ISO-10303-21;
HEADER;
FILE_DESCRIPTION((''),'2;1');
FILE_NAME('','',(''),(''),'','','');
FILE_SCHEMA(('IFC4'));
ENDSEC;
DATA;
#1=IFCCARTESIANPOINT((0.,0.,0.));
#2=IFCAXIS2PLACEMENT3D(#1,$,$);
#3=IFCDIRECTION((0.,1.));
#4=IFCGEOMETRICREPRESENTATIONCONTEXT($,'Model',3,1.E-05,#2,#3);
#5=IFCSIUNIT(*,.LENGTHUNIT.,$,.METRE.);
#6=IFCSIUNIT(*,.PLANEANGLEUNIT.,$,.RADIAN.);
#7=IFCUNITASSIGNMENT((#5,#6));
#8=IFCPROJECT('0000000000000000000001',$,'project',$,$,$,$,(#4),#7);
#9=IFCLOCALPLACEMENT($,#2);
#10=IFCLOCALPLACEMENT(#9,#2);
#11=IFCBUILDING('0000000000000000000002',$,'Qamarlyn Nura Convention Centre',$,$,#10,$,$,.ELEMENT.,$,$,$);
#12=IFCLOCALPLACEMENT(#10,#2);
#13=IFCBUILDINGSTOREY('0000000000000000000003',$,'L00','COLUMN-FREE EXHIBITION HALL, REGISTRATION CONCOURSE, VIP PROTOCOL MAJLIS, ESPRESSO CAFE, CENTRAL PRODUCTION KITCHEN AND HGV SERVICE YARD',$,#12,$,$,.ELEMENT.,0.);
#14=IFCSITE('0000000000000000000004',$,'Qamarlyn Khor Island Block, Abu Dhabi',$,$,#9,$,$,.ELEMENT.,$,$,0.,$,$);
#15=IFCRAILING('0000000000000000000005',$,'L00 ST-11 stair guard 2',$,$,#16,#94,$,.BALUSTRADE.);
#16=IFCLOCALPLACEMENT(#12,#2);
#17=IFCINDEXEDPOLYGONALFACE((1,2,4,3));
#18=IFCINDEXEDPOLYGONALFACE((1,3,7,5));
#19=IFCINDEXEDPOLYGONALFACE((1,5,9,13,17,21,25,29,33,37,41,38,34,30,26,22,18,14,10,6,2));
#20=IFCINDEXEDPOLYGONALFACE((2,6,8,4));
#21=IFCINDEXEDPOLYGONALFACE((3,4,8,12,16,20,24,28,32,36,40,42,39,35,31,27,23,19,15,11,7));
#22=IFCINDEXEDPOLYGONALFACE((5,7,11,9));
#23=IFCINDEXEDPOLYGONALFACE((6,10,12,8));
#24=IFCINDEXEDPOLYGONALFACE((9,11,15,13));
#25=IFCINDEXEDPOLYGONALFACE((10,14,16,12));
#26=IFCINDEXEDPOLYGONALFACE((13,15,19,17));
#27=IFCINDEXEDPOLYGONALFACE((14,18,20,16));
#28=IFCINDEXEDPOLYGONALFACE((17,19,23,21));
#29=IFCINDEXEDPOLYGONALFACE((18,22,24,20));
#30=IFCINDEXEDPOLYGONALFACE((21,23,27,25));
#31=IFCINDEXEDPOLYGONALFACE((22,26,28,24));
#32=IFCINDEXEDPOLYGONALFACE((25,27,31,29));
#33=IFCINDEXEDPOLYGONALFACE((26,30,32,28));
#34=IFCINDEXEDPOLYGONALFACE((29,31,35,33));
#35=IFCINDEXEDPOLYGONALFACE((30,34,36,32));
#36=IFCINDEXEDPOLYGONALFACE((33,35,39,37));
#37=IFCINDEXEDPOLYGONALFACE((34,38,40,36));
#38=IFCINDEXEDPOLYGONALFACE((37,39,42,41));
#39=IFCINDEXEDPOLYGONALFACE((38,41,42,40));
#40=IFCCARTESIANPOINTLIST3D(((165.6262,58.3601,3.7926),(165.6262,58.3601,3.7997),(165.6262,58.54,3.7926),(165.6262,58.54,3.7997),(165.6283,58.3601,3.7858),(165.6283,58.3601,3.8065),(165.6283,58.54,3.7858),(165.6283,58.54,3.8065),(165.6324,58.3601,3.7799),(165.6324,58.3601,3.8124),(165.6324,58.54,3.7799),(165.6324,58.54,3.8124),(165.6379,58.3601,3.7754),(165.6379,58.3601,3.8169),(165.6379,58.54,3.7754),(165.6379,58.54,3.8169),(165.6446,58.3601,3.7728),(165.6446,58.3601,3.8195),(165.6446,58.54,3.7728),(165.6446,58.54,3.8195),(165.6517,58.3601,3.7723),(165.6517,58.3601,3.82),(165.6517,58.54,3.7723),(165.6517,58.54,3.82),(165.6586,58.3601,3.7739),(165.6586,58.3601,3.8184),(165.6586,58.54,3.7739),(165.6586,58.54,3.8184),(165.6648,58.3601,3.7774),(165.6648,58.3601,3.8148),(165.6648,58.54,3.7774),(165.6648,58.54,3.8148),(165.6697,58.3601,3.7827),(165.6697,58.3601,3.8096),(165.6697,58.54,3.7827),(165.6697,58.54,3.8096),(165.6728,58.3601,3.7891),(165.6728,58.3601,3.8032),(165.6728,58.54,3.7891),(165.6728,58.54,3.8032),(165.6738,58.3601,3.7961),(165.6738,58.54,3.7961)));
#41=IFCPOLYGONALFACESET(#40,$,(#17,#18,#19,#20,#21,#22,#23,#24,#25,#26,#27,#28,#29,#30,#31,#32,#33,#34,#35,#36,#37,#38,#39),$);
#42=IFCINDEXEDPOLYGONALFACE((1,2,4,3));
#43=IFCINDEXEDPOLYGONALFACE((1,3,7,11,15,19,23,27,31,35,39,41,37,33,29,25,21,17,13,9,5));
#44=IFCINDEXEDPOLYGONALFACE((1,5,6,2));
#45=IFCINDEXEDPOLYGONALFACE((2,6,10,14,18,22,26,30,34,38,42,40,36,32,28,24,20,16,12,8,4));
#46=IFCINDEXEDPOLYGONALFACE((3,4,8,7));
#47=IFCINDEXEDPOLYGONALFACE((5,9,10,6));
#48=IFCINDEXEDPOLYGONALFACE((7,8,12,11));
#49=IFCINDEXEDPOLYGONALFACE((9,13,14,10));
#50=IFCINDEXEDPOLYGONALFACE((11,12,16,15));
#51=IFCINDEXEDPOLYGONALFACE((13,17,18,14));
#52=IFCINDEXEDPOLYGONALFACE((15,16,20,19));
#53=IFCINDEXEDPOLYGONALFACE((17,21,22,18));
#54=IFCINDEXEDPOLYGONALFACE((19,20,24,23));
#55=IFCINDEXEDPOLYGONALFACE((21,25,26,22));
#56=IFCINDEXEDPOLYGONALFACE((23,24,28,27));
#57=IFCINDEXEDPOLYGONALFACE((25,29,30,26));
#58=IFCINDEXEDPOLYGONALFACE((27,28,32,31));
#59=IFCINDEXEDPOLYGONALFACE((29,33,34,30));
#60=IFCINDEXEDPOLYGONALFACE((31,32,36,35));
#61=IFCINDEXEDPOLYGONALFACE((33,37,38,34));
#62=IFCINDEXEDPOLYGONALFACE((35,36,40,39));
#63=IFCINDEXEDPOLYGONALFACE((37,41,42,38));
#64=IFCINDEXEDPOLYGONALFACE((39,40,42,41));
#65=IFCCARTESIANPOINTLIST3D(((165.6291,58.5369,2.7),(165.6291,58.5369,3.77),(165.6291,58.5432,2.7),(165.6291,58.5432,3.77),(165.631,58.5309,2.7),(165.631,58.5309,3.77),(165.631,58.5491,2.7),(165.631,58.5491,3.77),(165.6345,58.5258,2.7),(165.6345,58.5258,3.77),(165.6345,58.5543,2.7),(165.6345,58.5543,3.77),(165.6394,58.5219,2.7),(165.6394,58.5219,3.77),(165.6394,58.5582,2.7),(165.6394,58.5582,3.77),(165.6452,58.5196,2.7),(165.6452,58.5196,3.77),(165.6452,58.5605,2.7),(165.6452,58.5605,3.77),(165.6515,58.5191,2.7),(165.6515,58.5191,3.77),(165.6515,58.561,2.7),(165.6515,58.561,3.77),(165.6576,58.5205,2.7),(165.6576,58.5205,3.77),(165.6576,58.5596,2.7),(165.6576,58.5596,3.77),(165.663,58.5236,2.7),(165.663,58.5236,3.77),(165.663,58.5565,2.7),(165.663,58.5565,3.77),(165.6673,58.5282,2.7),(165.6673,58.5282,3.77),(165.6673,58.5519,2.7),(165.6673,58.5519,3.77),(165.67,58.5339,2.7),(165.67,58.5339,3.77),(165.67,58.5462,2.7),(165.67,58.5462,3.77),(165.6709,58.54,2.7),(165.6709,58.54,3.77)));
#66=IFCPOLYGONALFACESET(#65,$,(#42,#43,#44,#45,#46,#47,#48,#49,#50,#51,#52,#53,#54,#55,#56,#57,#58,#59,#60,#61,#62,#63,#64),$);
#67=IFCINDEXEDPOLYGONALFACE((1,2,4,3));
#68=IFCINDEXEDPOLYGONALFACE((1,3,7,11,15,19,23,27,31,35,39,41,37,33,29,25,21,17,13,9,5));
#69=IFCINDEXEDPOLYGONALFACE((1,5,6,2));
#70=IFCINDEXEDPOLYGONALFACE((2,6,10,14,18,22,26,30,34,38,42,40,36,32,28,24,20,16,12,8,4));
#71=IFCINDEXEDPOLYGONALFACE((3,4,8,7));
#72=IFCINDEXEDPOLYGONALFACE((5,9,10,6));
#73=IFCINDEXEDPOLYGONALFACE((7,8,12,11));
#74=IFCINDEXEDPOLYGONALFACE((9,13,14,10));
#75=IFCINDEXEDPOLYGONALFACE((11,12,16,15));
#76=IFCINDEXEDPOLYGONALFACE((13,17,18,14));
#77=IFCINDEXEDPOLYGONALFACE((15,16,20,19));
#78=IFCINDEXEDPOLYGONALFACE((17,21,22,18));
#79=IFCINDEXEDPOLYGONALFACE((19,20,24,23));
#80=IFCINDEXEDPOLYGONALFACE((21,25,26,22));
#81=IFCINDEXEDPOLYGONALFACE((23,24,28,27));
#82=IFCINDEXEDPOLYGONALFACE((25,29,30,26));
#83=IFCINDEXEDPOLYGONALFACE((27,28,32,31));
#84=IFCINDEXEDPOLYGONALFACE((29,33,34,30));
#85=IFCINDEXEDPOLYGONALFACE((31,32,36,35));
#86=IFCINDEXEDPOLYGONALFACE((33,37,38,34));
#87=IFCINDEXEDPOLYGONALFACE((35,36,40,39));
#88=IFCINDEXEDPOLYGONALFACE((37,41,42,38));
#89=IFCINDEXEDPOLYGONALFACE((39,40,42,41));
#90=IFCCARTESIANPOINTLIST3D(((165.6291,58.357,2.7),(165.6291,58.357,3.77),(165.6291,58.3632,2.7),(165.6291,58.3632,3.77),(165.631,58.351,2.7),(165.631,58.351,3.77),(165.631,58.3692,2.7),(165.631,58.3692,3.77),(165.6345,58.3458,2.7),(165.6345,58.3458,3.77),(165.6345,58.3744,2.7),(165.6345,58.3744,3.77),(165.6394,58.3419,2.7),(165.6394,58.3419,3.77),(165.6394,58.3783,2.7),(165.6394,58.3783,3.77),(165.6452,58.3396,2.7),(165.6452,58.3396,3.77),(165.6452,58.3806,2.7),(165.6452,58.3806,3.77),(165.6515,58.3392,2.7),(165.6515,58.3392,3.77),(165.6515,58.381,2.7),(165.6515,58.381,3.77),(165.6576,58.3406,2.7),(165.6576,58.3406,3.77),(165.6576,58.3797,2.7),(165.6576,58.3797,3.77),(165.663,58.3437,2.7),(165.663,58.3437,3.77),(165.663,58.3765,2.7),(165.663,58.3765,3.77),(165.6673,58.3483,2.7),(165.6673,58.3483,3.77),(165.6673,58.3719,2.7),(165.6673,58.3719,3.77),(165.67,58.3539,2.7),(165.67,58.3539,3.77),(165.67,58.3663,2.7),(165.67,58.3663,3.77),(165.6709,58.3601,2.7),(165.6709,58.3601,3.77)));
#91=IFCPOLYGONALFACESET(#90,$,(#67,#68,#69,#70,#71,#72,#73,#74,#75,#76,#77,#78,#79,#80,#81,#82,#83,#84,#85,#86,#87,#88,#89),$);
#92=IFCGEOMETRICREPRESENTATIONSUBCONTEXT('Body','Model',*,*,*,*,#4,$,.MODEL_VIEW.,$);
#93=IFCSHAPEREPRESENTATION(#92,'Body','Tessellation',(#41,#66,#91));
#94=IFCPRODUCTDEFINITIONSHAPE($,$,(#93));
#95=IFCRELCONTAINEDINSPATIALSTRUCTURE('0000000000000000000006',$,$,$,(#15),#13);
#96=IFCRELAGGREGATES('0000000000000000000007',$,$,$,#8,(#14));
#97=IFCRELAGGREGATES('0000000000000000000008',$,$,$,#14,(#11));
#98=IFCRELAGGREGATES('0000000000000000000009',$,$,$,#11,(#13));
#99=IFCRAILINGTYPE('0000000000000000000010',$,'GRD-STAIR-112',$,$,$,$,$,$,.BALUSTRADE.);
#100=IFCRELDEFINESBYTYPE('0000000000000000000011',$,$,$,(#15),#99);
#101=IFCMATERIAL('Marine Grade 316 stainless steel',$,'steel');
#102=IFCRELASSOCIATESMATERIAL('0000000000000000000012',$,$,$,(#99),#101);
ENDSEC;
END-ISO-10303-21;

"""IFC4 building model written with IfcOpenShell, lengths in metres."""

from ifc_helpers import new_model, si_unit, direction, frame, origin, origin_2d, place, context, subcontext, project, spatial, circle, extrude, material, type_object, element, save


model = new_model("IFC4")

# Units and contexts
model_context = context("Model", 3, precision=1e-05, world=origin(), true_north=direction((0.0, 1.0)))
body_context = subcontext(model_context, "Body", "Model", "MODEL_VIEW")
ifc_project = project(units=[si_unit("LENGTHUNIT", "METRE"), si_unit("PLANEANGLEUNIT", "RADIAN")], contexts=[model_context])

# Site, building, storey
site_placement = place(None, origin())
site = spatial("IfcSite", under=ifc_project, at=site_placement, Name="Qamarlyn Khor Island Block, Abu Dhabi", CompositionType="ELEMENT", RefElevation=0.0)
building_placement = place(site_placement, origin())
building = spatial("IfcBuilding", under=site, at=building_placement, Name="Qamarlyn Nura Convention Centre", CompositionType="ELEMENT")
storey_placement = place(building_placement, origin())
storey = spatial("IfcBuildingStorey", under=building, at=storey_placement, Name="L00", Description="COLUMN-FREE EXHIBITION HALL, REGISTRATION CONCOURSE, VIP PROTOCOL MAJLIS, ESPRESSO CAFE, CENTRAL PRODUCTION KITCHEN AND HGV SERVICE YARD", CompositionType="ELEMENT", Elevation=0.0)

# Shared definitions
ifc_material_1 = material(Name="Marine Grade 316 stainless steel", Category="steel")

# Railing
railing_type_1 = type_object("IfcRailingType", Name="GRD-STAIR-112", PredefinedType="BALUSTRADE", material=ifc_material_1)
railing_1_placement = place(storey_placement, frame((165.6499, 58.54, 2.7)))
element("IfcRailing", 1, at=railing_1_placement, inside=storey, type_object=railing_type_1, Name="L00 ST-11 stair guard 2", PredefinedType="BALUSTRADE", context=body_context, shape_type="SweptSolid", body=[
    extrude(circle(Radius=0.0239, at=origin_2d()), frame((0.0, 0.0, 1.0962), z_axis=(0.0, -1.0, 0.0), x_axis=(1.0, 0.0, 0.0)), (0.0, 0.0, 1.0), 0.1799),
    extrude(circle(Radius=0.021, at=origin_2d()), origin(), (0.0, 0.0, 1.0), 1.0701),
    extrude(circle(Radius=0.021, at=origin_2d()), frame((0.0, -0.1799, 0.0)), (0.0, 0.0, 1.0), 1.0701),
])

save(model, "model.ifc")
